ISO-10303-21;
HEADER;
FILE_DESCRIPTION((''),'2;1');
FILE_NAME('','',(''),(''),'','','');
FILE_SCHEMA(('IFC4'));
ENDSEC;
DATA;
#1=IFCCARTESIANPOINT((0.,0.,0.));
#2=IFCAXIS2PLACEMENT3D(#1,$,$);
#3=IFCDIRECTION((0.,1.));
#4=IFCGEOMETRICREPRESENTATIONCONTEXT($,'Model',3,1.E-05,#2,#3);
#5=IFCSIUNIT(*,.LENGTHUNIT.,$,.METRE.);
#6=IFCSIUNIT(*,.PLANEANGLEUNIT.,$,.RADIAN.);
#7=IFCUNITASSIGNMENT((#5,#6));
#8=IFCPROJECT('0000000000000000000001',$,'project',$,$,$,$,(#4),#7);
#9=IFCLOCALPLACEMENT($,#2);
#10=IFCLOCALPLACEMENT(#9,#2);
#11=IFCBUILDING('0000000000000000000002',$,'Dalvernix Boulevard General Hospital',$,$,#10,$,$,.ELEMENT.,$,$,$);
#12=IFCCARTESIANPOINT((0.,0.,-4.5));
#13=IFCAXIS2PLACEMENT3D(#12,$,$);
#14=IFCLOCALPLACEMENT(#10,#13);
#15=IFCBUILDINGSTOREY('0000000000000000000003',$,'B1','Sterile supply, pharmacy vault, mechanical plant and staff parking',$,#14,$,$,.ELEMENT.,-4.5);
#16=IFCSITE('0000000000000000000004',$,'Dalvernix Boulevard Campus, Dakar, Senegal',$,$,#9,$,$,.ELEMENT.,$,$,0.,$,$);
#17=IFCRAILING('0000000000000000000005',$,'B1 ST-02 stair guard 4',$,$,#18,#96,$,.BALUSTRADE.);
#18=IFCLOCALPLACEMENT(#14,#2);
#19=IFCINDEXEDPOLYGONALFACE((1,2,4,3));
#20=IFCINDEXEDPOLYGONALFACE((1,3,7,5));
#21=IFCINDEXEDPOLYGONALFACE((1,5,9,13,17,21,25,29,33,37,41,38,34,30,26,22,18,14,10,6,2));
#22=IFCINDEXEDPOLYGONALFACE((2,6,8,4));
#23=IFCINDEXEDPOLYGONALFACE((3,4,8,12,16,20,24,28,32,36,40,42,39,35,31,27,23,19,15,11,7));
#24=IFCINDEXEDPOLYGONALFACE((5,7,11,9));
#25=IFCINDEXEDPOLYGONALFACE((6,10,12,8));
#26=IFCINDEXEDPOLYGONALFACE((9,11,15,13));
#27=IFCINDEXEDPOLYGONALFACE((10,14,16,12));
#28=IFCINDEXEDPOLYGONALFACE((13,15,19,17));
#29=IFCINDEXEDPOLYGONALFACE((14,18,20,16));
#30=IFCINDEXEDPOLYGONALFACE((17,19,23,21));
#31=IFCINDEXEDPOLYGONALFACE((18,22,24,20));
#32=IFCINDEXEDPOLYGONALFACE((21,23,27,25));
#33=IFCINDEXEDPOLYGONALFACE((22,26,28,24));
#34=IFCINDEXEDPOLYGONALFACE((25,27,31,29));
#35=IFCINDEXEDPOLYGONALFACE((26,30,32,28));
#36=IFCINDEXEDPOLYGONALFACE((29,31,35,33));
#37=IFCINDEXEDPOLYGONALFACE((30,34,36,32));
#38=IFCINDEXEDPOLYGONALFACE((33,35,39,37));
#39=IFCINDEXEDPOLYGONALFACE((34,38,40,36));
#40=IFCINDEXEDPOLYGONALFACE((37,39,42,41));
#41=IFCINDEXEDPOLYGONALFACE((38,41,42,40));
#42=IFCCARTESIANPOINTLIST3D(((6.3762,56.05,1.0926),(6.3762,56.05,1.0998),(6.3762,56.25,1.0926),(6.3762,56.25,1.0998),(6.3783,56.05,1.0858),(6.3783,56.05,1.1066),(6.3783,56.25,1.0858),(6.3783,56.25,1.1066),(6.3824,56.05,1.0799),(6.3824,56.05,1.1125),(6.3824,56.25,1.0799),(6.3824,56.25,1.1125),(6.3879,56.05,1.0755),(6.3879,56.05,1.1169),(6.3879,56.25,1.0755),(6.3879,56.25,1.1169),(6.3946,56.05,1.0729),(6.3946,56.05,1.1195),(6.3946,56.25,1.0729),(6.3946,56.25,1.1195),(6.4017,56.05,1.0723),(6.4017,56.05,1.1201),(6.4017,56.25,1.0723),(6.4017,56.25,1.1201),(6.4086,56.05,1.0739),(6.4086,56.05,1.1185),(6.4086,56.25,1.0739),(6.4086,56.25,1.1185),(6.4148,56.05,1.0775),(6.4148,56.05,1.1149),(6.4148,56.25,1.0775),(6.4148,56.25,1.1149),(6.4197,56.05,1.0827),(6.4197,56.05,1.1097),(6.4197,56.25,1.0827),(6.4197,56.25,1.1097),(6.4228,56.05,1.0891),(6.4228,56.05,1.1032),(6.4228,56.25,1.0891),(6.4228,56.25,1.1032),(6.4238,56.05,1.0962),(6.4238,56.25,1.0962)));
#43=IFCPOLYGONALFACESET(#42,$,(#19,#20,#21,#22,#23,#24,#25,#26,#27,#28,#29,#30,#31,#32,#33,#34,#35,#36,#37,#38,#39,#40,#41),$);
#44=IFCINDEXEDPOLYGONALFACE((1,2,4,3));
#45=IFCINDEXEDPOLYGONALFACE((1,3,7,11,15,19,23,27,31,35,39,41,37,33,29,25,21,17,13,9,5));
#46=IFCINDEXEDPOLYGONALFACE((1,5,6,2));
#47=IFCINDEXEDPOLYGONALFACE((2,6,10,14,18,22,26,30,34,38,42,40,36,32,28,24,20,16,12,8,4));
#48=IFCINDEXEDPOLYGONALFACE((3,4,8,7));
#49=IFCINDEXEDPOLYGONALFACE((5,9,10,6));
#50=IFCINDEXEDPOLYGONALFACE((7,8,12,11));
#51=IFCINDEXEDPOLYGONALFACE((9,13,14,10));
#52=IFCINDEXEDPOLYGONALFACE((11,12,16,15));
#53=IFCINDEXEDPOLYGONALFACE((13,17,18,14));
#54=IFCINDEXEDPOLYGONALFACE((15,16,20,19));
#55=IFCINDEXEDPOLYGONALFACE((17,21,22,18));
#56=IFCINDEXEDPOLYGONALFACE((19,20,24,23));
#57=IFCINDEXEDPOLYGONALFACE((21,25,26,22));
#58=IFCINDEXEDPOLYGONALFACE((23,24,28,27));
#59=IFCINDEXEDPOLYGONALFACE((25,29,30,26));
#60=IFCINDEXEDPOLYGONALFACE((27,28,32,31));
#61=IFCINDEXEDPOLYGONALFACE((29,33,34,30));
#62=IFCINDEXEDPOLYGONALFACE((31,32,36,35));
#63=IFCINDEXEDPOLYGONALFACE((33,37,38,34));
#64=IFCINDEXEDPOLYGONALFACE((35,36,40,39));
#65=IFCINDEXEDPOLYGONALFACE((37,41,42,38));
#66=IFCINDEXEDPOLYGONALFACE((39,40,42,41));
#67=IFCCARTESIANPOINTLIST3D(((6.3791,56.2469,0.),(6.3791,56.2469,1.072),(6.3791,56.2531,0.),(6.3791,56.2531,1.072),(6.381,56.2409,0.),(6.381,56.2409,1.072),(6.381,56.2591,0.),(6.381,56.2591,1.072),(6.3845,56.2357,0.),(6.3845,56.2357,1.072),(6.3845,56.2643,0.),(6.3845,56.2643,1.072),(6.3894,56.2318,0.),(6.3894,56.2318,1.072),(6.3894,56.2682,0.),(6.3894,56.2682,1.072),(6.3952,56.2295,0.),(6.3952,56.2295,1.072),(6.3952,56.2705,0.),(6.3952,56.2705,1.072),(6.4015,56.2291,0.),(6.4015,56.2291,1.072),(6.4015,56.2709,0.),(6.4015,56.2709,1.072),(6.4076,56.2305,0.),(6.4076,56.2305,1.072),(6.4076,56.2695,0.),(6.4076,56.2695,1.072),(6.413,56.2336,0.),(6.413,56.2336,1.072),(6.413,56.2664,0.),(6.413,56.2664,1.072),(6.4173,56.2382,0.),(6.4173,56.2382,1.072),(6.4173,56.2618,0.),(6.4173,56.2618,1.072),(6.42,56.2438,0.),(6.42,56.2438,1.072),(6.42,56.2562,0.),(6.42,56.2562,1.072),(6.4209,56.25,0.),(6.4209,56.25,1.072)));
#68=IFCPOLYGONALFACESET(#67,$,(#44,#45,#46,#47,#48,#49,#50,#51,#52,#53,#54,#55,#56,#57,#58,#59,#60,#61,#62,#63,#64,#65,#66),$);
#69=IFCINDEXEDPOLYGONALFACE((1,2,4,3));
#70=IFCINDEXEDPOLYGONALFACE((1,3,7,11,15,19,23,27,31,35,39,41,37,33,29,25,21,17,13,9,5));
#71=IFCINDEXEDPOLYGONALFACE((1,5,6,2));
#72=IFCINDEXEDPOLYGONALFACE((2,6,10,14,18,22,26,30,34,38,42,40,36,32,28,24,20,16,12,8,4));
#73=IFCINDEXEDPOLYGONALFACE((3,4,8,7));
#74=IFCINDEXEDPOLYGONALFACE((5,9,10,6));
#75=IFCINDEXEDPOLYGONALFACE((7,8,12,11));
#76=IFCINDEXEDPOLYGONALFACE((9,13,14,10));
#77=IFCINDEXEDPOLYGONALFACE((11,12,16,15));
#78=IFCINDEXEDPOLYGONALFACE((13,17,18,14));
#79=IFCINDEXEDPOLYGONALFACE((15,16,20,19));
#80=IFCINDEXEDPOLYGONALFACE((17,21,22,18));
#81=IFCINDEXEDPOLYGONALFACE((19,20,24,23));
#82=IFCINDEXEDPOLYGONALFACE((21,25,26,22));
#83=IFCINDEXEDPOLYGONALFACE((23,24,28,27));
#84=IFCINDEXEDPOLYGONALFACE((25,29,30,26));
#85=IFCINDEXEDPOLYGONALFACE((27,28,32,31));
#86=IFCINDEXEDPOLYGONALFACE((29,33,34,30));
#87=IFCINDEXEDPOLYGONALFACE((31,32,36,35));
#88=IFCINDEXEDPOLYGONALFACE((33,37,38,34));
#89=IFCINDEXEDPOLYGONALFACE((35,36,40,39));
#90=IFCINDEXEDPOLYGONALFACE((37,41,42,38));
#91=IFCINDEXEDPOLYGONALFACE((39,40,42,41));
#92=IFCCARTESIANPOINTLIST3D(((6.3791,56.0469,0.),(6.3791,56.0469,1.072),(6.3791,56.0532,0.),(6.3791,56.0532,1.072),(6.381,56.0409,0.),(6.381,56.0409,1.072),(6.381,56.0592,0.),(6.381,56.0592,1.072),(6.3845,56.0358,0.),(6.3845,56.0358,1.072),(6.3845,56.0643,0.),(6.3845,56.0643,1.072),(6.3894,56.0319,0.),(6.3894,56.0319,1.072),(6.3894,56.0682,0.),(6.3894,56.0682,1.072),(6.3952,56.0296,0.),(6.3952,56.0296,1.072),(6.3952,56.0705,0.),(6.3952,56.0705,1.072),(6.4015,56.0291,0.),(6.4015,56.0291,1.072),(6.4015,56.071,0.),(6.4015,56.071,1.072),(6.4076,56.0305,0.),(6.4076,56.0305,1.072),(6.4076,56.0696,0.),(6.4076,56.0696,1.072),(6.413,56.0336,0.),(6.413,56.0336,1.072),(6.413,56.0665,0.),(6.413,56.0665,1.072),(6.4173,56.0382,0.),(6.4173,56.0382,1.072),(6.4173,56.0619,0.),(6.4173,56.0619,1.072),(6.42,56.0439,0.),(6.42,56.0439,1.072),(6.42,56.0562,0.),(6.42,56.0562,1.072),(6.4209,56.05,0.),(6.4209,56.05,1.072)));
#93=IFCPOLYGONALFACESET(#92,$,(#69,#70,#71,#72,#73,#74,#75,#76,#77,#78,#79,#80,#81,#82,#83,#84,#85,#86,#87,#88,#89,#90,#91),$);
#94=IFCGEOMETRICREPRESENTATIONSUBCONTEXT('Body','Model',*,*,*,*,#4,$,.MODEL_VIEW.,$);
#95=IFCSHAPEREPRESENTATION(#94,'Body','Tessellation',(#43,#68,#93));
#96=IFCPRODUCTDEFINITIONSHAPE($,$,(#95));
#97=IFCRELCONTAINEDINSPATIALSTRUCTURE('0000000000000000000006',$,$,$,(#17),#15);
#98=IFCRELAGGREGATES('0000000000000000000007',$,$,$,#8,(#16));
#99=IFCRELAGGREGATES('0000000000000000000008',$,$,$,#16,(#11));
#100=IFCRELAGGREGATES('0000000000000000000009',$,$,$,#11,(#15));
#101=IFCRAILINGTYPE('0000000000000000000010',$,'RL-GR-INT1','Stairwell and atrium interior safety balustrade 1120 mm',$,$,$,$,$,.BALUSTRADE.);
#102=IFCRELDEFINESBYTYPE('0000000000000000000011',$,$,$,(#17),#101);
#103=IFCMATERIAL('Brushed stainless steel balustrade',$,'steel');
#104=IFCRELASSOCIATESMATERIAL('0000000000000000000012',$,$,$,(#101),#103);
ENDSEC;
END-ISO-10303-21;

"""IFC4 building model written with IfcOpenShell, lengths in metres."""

from ifc_helpers import new_model, si_unit, direction, frame, origin, origin_2d, place, context, subcontext, project, spatial, circle, extrude, material, type_object, element, save


model = new_model("IFC4")

# Units and contexts
model_context = context("Model", 3, precision=1e-05, world=origin(), true_north=direction((0.0, 1.0)))
body_context = subcontext(model_context, "Body", "Model", "MODEL_VIEW")
ifc_project = project(units=[si_unit("LENGTHUNIT", "METRE"), si_unit("PLANEANGLEUNIT", "RADIAN")], contexts=[model_context])

# Site, building, storey
site_placement = place(None, origin())
site = spatial("IfcSite", under=ifc_project, at=site_placement, Name="Dalvernix Boulevard Campus, Dakar, Senegal", CompositionType="ELEMENT", RefElevation=0.0)
building_placement = place(site_placement, origin())
building = spatial("IfcBuilding", under=site, at=building_placement, Name="Dalvernix Boulevard General Hospital", CompositionType="ELEMENT")
storey_placement = place(building_placement, frame((0.0, 0.0, -4.5)))
storey = spatial("IfcBuildingStorey", under=building, at=storey_placement, Name="B1", Description="Sterile supply, pharmacy vault, mechanical plant and staff parking", CompositionType="ELEMENT", Elevation=-4.5)

# Railing
ifc_material_1 = material(Name="Brushed stainless steel balustrade", Category="steel")
railing_type_1 = type_object("IfcRailingType", Name="RL-GR-INT1", Description="Stairwell and atrium interior safety balustrade 1120 mm", PredefinedType="BALUSTRADE", material=ifc_material_1)
railing_1_placement = place(storey_placement, frame((6.3999, 56.25, 0.0)))
element("IfcRailing", 1, at=railing_1_placement, inside=storey, type_object=railing_type_1, Name="B1 ST-02 stair guard 4", PredefinedType="BALUSTRADE", context=body_context, shape_type="SweptSolid", body=[
    extrude(circle(Radius=0.0239, at=origin_2d()), frame((0.0, 0.0, 1.0962), z_axis=(0.0, -1.0, 0.0), x_axis=(1.0, 0.0, 0.0)), (0.0, 0.0, 1.0), 0.2),
    extrude(circle(Radius=0.021, at=origin_2d()), origin(), (0.0, 0.0, 1.0), 1.072),
    extrude(circle(Radius=0.021, at=origin_2d()), frame((0.0, -0.2, 0.0)), (0.0, 0.0, 1.0), 1.072),
])

save(model, "model.ifc")
